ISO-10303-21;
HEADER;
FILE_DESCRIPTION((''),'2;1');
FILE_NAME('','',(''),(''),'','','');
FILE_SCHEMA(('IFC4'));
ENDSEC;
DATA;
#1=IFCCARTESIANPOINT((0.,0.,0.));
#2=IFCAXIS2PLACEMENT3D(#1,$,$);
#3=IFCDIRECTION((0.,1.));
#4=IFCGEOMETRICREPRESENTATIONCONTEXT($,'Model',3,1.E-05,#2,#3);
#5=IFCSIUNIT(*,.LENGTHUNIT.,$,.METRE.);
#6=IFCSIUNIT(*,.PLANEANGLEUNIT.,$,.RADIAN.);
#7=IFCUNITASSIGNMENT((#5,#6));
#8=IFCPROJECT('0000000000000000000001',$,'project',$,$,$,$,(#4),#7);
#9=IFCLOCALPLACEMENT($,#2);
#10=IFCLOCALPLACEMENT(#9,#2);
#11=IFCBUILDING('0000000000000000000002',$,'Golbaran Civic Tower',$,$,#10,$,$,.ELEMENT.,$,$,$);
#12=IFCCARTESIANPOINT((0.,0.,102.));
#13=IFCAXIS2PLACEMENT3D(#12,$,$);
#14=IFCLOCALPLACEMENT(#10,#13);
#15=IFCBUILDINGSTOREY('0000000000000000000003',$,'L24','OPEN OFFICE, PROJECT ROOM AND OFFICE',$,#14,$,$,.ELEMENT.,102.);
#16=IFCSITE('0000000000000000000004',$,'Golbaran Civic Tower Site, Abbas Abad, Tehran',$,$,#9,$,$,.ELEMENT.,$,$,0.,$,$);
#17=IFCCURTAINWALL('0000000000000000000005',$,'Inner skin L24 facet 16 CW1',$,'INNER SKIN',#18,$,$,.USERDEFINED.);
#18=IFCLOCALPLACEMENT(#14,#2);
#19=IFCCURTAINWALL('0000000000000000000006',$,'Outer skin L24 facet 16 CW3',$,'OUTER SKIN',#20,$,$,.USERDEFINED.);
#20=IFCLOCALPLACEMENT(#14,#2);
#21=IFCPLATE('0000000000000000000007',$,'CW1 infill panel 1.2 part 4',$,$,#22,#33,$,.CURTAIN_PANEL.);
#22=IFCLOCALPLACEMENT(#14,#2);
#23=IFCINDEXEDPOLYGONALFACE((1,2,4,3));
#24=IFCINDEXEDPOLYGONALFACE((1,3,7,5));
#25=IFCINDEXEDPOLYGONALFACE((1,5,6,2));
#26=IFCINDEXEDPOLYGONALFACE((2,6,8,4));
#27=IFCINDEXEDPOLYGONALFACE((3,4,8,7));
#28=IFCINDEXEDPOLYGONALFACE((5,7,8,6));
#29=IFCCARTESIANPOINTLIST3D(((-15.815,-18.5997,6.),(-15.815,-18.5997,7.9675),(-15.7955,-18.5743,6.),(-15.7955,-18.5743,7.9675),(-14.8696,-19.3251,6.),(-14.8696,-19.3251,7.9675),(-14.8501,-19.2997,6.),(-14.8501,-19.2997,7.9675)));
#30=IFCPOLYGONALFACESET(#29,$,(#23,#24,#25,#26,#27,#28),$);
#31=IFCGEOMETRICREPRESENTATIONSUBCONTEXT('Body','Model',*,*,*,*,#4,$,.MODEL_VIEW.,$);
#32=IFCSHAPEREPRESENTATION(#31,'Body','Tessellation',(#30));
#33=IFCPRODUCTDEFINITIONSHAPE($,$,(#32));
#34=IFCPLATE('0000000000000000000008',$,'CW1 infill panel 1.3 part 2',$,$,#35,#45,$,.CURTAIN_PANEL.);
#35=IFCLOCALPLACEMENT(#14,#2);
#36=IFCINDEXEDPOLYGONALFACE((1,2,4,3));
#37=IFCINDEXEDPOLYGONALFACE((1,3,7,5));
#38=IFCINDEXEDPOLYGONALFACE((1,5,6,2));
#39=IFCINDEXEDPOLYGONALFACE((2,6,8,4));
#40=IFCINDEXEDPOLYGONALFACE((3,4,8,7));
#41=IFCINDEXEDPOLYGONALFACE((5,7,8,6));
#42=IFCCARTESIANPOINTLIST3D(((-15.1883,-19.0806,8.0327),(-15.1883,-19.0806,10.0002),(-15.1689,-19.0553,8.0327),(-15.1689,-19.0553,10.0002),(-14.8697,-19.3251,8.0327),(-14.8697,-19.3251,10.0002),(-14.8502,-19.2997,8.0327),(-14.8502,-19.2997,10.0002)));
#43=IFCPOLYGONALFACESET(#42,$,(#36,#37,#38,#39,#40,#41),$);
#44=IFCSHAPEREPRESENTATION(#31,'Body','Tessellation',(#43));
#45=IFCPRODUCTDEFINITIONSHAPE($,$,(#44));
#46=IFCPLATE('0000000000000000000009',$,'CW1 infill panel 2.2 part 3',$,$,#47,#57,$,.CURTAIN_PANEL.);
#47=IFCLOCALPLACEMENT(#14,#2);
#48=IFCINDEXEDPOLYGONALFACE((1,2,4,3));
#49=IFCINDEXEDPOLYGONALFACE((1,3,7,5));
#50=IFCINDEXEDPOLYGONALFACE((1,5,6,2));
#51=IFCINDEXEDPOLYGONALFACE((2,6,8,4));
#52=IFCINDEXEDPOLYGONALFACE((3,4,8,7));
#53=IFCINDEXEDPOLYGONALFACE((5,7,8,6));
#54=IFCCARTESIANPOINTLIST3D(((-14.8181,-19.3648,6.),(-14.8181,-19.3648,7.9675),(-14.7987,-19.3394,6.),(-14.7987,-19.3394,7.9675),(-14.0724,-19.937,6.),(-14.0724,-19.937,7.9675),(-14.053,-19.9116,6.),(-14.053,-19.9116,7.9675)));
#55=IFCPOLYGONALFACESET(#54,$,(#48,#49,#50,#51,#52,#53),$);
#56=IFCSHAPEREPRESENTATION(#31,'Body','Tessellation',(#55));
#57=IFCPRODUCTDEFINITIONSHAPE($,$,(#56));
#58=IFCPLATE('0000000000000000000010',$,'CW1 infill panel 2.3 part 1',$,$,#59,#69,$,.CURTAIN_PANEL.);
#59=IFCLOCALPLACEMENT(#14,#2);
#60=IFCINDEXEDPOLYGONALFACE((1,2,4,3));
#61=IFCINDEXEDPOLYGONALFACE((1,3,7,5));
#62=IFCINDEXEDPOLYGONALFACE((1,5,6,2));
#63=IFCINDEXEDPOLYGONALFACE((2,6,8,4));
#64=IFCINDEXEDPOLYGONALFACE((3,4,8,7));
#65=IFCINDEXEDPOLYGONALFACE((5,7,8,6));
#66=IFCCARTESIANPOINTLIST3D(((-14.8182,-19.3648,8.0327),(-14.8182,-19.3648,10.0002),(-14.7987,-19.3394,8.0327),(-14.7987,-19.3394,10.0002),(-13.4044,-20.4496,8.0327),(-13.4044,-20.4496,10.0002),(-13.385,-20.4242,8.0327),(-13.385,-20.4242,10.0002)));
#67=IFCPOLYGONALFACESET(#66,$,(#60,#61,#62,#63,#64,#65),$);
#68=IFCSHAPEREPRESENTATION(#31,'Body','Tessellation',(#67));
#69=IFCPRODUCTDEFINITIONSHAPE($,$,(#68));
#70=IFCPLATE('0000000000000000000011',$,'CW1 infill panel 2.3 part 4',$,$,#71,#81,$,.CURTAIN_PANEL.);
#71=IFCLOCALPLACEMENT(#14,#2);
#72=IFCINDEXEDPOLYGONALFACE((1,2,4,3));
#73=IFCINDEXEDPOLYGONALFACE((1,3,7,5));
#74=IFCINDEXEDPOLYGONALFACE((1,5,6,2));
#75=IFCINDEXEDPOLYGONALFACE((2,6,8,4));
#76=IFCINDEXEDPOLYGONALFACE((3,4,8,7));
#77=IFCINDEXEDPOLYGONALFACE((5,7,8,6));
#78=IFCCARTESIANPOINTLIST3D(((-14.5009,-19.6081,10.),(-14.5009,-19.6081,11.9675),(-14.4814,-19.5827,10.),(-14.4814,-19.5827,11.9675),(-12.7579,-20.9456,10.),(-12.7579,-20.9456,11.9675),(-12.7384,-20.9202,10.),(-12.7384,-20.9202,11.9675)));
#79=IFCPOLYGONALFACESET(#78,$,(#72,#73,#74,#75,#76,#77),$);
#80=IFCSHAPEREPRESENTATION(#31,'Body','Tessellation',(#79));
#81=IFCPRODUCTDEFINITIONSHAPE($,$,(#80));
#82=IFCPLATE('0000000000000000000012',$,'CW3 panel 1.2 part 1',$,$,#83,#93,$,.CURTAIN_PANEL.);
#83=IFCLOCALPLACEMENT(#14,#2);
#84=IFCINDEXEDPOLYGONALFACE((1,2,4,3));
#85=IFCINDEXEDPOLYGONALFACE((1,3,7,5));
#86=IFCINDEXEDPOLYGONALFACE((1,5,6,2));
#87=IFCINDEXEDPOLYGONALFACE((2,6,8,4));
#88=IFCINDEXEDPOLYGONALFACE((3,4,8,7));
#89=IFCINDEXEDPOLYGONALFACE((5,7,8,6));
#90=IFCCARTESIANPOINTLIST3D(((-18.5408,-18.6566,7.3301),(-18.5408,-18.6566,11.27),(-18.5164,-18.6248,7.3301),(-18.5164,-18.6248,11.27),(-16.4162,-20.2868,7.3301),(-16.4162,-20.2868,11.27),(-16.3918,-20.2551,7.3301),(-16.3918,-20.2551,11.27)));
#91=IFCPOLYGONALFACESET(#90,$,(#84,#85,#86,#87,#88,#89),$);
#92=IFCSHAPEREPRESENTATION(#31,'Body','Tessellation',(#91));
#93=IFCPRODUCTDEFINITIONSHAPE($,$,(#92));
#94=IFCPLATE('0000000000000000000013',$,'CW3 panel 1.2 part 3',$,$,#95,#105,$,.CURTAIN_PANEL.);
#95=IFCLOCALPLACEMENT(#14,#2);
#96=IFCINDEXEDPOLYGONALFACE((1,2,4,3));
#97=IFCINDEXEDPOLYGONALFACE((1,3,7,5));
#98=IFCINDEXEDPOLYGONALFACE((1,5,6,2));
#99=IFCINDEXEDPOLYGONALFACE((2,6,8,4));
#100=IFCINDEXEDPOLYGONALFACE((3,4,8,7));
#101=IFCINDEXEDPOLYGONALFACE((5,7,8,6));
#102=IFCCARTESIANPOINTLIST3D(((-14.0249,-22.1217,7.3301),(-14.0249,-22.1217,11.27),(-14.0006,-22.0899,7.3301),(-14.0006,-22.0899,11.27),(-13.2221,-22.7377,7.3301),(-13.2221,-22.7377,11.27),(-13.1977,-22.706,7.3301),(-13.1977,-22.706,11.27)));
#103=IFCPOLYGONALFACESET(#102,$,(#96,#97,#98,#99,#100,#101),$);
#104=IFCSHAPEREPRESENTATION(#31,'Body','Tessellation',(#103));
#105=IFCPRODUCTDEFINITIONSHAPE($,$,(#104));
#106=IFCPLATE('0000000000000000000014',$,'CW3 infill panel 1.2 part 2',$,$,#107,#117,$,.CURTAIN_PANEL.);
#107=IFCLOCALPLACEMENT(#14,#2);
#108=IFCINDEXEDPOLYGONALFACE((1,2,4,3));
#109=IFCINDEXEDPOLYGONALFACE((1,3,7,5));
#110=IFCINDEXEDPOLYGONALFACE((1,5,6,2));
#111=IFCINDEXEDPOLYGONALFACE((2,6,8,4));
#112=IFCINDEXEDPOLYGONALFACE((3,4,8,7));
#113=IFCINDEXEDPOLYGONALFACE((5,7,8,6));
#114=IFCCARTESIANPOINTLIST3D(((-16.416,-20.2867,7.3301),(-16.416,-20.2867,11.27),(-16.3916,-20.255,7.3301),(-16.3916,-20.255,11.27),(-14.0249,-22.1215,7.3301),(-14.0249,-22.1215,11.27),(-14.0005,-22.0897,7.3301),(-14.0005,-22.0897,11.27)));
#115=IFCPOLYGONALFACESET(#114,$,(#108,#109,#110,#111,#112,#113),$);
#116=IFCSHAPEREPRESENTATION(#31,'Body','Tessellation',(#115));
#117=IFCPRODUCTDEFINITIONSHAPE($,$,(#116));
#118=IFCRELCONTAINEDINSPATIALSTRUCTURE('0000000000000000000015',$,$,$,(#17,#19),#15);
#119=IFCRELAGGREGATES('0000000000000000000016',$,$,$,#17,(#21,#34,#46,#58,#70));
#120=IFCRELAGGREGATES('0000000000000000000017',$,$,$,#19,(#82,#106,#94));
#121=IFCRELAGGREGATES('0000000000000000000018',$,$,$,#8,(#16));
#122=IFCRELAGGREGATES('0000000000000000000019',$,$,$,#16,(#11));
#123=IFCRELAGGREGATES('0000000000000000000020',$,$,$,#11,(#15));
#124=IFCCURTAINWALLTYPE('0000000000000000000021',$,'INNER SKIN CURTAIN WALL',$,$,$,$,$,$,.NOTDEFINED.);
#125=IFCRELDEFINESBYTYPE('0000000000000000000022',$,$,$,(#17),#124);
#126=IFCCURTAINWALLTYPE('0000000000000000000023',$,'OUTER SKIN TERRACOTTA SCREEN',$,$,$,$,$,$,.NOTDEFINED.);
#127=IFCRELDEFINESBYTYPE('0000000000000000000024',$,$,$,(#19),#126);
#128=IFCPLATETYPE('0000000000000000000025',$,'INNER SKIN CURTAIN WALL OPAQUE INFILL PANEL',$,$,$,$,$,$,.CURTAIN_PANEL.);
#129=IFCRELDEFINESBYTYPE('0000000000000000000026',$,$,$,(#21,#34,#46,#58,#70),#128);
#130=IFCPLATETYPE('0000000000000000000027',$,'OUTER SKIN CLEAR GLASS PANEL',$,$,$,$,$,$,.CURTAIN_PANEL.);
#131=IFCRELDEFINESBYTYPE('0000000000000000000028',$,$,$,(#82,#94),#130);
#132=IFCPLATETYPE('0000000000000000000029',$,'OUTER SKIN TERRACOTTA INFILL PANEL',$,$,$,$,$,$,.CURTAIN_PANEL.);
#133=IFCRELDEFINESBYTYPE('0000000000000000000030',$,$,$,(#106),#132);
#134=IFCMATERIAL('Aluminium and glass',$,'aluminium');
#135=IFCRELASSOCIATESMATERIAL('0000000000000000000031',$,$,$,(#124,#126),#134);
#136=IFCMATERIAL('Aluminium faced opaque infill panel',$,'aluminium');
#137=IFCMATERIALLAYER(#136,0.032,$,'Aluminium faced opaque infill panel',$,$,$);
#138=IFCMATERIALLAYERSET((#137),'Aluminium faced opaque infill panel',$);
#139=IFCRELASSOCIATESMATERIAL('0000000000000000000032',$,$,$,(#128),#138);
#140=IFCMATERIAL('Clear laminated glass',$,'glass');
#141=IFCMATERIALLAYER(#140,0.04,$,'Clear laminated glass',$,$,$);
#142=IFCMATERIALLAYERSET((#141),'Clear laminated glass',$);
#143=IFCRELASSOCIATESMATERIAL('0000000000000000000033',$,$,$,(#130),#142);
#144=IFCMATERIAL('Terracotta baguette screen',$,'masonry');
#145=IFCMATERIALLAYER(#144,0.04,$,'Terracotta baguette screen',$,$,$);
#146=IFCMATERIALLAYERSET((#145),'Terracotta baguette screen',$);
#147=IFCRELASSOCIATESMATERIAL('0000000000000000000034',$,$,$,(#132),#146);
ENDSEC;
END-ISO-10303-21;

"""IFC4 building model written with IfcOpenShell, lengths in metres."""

from ifc_helpers import new_model, si_unit, direction, frame, origin, origin_2d, place, context, subcontext, project, spatial, rectangle, extrude, material, layer, layer_set, type_object, element, aggregate, save


model = new_model("IFC4")

# Units and contexts
model_context = context("Model", 3, precision=1e-05, world=origin(), true_north=direction((0.0, 1.0)))
body_context = subcontext(model_context, "Body", "Model", "MODEL_VIEW")
ifc_project = project(units=[si_unit("LENGTHUNIT", "METRE"), si_unit("PLANEANGLEUNIT", "RADIAN")], contexts=[model_context])

# Site, building, storey
site_placement = place(None, origin())
site = spatial("IfcSite", under=ifc_project, at=site_placement, Name="Golbaran Civic Tower Site, Abbas Abad, Tehran", CompositionType="ELEMENT", RefElevation=0.0)
building_placement = place(site_placement, origin())
building = spatial("IfcBuilding", under=site, at=building_placement, Name="Golbaran Civic Tower", CompositionType="ELEMENT")
storey_placement = place(building_placement, frame((0.0, 0.0, 102.0)))
storey = spatial("IfcBuildingStorey", under=building, at=storey_placement, Name="L24", Description="OPEN OFFICE, PROJECT ROOM AND OFFICE", CompositionType="ELEMENT", Elevation=102.0)

# Curtain wall
ifc_material_1 = material(Name="Aluminium and glass", Category="aluminium")
curtain_wall_type_1 = type_object("IfcCurtainWallType", Name="INNER SKIN CURTAIN WALL", PredefinedType="NOTDEFINED", material=ifc_material_1)
curtain_wall_1_placement = place(storey_placement, origin())
curtain_wall_1 = element("IfcCurtainWall", 1, at=curtain_wall_1_placement, inside=storey, type_object=curtain_wall_type_1, Name="Inner skin L24 facet 16 CW1", ObjectType="INNER SKIN", PredefinedType="USERDEFINED")

# Curtain wall
curtain_wall_type_2 = type_object("IfcCurtainWallType", Name="OUTER SKIN TERRACOTTA SCREEN", PredefinedType="NOTDEFINED", material=ifc_material_1)
curtain_wall_2_placement = place(storey_placement, origin())
curtain_wall_2 = element("IfcCurtainWall", 2, at=curtain_wall_2_placement, inside=storey, type_object=curtain_wall_type_2, Name="Outer skin L24 facet 16 CW3", ObjectType="OUTER SKIN", PredefinedType="USERDEFINED")

# Plates
ifc_material_2 = material(Name="Aluminium faced opaque infill panel", Category="aluminium")
ifc_layer_1 = layer(ifc_material_2, 0.032, Name="Aluminium faced opaque infill panel")
ifc_layer_set_1 = layer_set([ifc_layer_1], Name="Aluminium faced opaque infill panel")
plate_type_1 = type_object("IfcPlateType", Name="INNER SKIN CURTAIN WALL OPAQUE INFILL PANEL", PredefinedType="CURTAIN_PANEL", material=ifc_layer_set_1)
plate_1_placement = place(storey_placement, frame((-15.3325, -18.9497, 6.0), z_axis=(0.0, 0.0, 1.0), x_axis=(0.793353, -0.608761, 0.0)))
plate_1 = element("IfcPlate", 3, at=plate_1_placement, type_object=plate_type_1, Name="CW1 infill panel 1.2 part 4", PredefinedType="CURTAIN_PANEL", context=body_context, shape_type="SweptSolid", body=[
    extrude(rectangle(XDim=1.1917, YDim=0.032, at=origin_2d()), origin(), (0.0, 0.0, 1.0), 1.9675),
])
plate_2_placement = place(storey_placement, frame((-15.0193, -19.1902, 8.0327), z_axis=(0.0, 0.0, 1.0), x_axis=(0.793353, -0.608761, 0.0)))
plate_2 = element("IfcPlate", 4, at=plate_2_placement, type_object=plate_type_1, Name="CW1 infill panel 1.3 part 2", PredefinedType="CURTAIN_PANEL", context=body_context, shape_type="SweptSolid", body=[
    extrude(rectangle(XDim=0.4016, YDim=0.032, at=origin_2d()), origin(), (0.0, 0.0, 1.0), 1.9675),
])
plate_3_placement = place(storey_placement, frame((-14.4355, -19.6382, 6.0), z_axis=(0.0, 0.0, 1.0), x_axis=(0.793353, -0.608761, 0.0)))
plate_3 = element("IfcPlate", 5, at=plate_3_placement, type_object=plate_type_1, Name="CW1 infill panel 2.2 part 3", PredefinedType="CURTAIN_PANEL", context=body_context, shape_type="SweptSolid", body=[
    extrude(rectangle(XDim=0.9399, YDim=0.032, at=origin_2d()), origin(), (0.0, 0.0, 1.0), 1.9675),
])
plate_4_placement = place(storey_placement, frame((-14.1016, -19.8945, 8.0327), z_axis=(0.0, 0.0, 1.0), x_axis=(0.793353, -0.608761, 0.0)))
plate_4 = element("IfcPlate", 6, at=plate_4_placement, type_object=plate_type_1, Name="CW1 infill panel 2.3 part 1", PredefinedType="CURTAIN_PANEL", context=body_context, shape_type="SweptSolid", body=[
    extrude(rectangle(XDim=1.782, YDim=0.032, at=origin_2d()), origin(), (0.0, 0.0, 1.0), 1.9675),
])
plate_5_placement = place(storey_placement, frame((-13.6196, -20.2642, 10.0), z_axis=(0.0, 0.0, 1.0), x_axis=(0.793353, -0.608761, 0.0)))
plate_5 = element("IfcPlate", 7, at=plate_5_placement, type_object=plate_type_1, Name="CW1 infill panel 2.3 part 4", PredefinedType="CURTAIN_PANEL", context=body_context, shape_type="SweptSolid", body=[
    extrude(rectangle(XDim=2.197, YDim=0.032, at=origin_2d()), origin(), (0.0, 0.0, 1.0), 1.9675),
])
aggregate(curtain_wall_1, [plate_1, plate_2, plate_3, plate_4, plate_5])
ifc_material_3 = material(Name="Clear laminated glass", Category="glass")
ifc_layer_2 = layer(ifc_material_3, 0.04, Name="Clear laminated glass")
ifc_layer_set_2 = layer_set([ifc_layer_2], Name="Clear laminated glass")
plate_type_2 = type_object("IfcPlateType", Name="OUTER SKIN CLEAR GLASS PANEL", PredefinedType="CURTAIN_PANEL", material=ifc_layer_set_2)
plate_6_placement = place(storey_placement, frame((-17.4663, -19.4558, 7.3301), z_axis=(0.0, 0.0, 1.0), x_axis=(0.793353, -0.608761, 0.0)))
plate_6 = element("IfcPlate", 8, at=plate_6_placement, type_object=plate_type_2, Name="CW3 panel 1.2 part 1", PredefinedType="CURTAIN_PANEL", context=body_context, shape_type="SweptSolid", body=[
    extrude(rectangle(XDim=2.678, YDim=0.04, at=origin_2d()), origin(), (0.0, 0.0, 1.0), 3.9399),
])
plate_7_placement = place(storey_placement, frame((-13.6113, -22.4138, 7.3301), z_axis=(0.0, 0.0, 1.0), x_axis=(0.793353, -0.608761, 0.0)))
plate_7 = element("IfcPlate", 9, at=plate_7_placement, type_object=plate_type_2, Name="CW3 panel 1.2 part 3", PredefinedType="CURTAIN_PANEL", context=body_context, shape_type="SweptSolid", body=[
    extrude(rectangle(XDim=1.012, YDim=0.04, at=origin_2d()), origin(), (0.0, 0.0, 1.0), 3.9399),
])
ifc_material_4 = material(Name="Terracotta baguette screen", Category="masonry")
ifc_layer_3 = layer(ifc_material_4, 0.04, Name="Terracotta baguette screen")
ifc_layer_set_3 = layer_set([ifc_layer_3], Name="Terracotta baguette screen")
plate_type_3 = type_object("IfcPlateType", Name="OUTER SKIN TERRACOTTA INFILL PANEL", PredefinedType="CURTAIN_PANEL", material=ifc_layer_set_3)
plate_8_placement = place(storey_placement, frame((-15.2083, -21.1882, 7.3301), z_axis=(0.0, 0.0, 1.0), x_axis=(0.793353, -0.608761, 0.0)))
plate_8 = element("IfcPlate", 10, at=plate_8_placement, type_object=plate_type_3, Name="CW3 infill panel 1.2 part 2", PredefinedType="CURTAIN_PANEL", context=body_context, shape_type="SweptSolid", body=[
    extrude(rectangle(XDim=3.0139, YDim=0.04, at=origin_2d()), origin(), (0.0, 0.0, 1.0), 3.9399),
])
aggregate(curtain_wall_2, [plate_6, plate_8, plate_7])

save(model, "model.ifc")
